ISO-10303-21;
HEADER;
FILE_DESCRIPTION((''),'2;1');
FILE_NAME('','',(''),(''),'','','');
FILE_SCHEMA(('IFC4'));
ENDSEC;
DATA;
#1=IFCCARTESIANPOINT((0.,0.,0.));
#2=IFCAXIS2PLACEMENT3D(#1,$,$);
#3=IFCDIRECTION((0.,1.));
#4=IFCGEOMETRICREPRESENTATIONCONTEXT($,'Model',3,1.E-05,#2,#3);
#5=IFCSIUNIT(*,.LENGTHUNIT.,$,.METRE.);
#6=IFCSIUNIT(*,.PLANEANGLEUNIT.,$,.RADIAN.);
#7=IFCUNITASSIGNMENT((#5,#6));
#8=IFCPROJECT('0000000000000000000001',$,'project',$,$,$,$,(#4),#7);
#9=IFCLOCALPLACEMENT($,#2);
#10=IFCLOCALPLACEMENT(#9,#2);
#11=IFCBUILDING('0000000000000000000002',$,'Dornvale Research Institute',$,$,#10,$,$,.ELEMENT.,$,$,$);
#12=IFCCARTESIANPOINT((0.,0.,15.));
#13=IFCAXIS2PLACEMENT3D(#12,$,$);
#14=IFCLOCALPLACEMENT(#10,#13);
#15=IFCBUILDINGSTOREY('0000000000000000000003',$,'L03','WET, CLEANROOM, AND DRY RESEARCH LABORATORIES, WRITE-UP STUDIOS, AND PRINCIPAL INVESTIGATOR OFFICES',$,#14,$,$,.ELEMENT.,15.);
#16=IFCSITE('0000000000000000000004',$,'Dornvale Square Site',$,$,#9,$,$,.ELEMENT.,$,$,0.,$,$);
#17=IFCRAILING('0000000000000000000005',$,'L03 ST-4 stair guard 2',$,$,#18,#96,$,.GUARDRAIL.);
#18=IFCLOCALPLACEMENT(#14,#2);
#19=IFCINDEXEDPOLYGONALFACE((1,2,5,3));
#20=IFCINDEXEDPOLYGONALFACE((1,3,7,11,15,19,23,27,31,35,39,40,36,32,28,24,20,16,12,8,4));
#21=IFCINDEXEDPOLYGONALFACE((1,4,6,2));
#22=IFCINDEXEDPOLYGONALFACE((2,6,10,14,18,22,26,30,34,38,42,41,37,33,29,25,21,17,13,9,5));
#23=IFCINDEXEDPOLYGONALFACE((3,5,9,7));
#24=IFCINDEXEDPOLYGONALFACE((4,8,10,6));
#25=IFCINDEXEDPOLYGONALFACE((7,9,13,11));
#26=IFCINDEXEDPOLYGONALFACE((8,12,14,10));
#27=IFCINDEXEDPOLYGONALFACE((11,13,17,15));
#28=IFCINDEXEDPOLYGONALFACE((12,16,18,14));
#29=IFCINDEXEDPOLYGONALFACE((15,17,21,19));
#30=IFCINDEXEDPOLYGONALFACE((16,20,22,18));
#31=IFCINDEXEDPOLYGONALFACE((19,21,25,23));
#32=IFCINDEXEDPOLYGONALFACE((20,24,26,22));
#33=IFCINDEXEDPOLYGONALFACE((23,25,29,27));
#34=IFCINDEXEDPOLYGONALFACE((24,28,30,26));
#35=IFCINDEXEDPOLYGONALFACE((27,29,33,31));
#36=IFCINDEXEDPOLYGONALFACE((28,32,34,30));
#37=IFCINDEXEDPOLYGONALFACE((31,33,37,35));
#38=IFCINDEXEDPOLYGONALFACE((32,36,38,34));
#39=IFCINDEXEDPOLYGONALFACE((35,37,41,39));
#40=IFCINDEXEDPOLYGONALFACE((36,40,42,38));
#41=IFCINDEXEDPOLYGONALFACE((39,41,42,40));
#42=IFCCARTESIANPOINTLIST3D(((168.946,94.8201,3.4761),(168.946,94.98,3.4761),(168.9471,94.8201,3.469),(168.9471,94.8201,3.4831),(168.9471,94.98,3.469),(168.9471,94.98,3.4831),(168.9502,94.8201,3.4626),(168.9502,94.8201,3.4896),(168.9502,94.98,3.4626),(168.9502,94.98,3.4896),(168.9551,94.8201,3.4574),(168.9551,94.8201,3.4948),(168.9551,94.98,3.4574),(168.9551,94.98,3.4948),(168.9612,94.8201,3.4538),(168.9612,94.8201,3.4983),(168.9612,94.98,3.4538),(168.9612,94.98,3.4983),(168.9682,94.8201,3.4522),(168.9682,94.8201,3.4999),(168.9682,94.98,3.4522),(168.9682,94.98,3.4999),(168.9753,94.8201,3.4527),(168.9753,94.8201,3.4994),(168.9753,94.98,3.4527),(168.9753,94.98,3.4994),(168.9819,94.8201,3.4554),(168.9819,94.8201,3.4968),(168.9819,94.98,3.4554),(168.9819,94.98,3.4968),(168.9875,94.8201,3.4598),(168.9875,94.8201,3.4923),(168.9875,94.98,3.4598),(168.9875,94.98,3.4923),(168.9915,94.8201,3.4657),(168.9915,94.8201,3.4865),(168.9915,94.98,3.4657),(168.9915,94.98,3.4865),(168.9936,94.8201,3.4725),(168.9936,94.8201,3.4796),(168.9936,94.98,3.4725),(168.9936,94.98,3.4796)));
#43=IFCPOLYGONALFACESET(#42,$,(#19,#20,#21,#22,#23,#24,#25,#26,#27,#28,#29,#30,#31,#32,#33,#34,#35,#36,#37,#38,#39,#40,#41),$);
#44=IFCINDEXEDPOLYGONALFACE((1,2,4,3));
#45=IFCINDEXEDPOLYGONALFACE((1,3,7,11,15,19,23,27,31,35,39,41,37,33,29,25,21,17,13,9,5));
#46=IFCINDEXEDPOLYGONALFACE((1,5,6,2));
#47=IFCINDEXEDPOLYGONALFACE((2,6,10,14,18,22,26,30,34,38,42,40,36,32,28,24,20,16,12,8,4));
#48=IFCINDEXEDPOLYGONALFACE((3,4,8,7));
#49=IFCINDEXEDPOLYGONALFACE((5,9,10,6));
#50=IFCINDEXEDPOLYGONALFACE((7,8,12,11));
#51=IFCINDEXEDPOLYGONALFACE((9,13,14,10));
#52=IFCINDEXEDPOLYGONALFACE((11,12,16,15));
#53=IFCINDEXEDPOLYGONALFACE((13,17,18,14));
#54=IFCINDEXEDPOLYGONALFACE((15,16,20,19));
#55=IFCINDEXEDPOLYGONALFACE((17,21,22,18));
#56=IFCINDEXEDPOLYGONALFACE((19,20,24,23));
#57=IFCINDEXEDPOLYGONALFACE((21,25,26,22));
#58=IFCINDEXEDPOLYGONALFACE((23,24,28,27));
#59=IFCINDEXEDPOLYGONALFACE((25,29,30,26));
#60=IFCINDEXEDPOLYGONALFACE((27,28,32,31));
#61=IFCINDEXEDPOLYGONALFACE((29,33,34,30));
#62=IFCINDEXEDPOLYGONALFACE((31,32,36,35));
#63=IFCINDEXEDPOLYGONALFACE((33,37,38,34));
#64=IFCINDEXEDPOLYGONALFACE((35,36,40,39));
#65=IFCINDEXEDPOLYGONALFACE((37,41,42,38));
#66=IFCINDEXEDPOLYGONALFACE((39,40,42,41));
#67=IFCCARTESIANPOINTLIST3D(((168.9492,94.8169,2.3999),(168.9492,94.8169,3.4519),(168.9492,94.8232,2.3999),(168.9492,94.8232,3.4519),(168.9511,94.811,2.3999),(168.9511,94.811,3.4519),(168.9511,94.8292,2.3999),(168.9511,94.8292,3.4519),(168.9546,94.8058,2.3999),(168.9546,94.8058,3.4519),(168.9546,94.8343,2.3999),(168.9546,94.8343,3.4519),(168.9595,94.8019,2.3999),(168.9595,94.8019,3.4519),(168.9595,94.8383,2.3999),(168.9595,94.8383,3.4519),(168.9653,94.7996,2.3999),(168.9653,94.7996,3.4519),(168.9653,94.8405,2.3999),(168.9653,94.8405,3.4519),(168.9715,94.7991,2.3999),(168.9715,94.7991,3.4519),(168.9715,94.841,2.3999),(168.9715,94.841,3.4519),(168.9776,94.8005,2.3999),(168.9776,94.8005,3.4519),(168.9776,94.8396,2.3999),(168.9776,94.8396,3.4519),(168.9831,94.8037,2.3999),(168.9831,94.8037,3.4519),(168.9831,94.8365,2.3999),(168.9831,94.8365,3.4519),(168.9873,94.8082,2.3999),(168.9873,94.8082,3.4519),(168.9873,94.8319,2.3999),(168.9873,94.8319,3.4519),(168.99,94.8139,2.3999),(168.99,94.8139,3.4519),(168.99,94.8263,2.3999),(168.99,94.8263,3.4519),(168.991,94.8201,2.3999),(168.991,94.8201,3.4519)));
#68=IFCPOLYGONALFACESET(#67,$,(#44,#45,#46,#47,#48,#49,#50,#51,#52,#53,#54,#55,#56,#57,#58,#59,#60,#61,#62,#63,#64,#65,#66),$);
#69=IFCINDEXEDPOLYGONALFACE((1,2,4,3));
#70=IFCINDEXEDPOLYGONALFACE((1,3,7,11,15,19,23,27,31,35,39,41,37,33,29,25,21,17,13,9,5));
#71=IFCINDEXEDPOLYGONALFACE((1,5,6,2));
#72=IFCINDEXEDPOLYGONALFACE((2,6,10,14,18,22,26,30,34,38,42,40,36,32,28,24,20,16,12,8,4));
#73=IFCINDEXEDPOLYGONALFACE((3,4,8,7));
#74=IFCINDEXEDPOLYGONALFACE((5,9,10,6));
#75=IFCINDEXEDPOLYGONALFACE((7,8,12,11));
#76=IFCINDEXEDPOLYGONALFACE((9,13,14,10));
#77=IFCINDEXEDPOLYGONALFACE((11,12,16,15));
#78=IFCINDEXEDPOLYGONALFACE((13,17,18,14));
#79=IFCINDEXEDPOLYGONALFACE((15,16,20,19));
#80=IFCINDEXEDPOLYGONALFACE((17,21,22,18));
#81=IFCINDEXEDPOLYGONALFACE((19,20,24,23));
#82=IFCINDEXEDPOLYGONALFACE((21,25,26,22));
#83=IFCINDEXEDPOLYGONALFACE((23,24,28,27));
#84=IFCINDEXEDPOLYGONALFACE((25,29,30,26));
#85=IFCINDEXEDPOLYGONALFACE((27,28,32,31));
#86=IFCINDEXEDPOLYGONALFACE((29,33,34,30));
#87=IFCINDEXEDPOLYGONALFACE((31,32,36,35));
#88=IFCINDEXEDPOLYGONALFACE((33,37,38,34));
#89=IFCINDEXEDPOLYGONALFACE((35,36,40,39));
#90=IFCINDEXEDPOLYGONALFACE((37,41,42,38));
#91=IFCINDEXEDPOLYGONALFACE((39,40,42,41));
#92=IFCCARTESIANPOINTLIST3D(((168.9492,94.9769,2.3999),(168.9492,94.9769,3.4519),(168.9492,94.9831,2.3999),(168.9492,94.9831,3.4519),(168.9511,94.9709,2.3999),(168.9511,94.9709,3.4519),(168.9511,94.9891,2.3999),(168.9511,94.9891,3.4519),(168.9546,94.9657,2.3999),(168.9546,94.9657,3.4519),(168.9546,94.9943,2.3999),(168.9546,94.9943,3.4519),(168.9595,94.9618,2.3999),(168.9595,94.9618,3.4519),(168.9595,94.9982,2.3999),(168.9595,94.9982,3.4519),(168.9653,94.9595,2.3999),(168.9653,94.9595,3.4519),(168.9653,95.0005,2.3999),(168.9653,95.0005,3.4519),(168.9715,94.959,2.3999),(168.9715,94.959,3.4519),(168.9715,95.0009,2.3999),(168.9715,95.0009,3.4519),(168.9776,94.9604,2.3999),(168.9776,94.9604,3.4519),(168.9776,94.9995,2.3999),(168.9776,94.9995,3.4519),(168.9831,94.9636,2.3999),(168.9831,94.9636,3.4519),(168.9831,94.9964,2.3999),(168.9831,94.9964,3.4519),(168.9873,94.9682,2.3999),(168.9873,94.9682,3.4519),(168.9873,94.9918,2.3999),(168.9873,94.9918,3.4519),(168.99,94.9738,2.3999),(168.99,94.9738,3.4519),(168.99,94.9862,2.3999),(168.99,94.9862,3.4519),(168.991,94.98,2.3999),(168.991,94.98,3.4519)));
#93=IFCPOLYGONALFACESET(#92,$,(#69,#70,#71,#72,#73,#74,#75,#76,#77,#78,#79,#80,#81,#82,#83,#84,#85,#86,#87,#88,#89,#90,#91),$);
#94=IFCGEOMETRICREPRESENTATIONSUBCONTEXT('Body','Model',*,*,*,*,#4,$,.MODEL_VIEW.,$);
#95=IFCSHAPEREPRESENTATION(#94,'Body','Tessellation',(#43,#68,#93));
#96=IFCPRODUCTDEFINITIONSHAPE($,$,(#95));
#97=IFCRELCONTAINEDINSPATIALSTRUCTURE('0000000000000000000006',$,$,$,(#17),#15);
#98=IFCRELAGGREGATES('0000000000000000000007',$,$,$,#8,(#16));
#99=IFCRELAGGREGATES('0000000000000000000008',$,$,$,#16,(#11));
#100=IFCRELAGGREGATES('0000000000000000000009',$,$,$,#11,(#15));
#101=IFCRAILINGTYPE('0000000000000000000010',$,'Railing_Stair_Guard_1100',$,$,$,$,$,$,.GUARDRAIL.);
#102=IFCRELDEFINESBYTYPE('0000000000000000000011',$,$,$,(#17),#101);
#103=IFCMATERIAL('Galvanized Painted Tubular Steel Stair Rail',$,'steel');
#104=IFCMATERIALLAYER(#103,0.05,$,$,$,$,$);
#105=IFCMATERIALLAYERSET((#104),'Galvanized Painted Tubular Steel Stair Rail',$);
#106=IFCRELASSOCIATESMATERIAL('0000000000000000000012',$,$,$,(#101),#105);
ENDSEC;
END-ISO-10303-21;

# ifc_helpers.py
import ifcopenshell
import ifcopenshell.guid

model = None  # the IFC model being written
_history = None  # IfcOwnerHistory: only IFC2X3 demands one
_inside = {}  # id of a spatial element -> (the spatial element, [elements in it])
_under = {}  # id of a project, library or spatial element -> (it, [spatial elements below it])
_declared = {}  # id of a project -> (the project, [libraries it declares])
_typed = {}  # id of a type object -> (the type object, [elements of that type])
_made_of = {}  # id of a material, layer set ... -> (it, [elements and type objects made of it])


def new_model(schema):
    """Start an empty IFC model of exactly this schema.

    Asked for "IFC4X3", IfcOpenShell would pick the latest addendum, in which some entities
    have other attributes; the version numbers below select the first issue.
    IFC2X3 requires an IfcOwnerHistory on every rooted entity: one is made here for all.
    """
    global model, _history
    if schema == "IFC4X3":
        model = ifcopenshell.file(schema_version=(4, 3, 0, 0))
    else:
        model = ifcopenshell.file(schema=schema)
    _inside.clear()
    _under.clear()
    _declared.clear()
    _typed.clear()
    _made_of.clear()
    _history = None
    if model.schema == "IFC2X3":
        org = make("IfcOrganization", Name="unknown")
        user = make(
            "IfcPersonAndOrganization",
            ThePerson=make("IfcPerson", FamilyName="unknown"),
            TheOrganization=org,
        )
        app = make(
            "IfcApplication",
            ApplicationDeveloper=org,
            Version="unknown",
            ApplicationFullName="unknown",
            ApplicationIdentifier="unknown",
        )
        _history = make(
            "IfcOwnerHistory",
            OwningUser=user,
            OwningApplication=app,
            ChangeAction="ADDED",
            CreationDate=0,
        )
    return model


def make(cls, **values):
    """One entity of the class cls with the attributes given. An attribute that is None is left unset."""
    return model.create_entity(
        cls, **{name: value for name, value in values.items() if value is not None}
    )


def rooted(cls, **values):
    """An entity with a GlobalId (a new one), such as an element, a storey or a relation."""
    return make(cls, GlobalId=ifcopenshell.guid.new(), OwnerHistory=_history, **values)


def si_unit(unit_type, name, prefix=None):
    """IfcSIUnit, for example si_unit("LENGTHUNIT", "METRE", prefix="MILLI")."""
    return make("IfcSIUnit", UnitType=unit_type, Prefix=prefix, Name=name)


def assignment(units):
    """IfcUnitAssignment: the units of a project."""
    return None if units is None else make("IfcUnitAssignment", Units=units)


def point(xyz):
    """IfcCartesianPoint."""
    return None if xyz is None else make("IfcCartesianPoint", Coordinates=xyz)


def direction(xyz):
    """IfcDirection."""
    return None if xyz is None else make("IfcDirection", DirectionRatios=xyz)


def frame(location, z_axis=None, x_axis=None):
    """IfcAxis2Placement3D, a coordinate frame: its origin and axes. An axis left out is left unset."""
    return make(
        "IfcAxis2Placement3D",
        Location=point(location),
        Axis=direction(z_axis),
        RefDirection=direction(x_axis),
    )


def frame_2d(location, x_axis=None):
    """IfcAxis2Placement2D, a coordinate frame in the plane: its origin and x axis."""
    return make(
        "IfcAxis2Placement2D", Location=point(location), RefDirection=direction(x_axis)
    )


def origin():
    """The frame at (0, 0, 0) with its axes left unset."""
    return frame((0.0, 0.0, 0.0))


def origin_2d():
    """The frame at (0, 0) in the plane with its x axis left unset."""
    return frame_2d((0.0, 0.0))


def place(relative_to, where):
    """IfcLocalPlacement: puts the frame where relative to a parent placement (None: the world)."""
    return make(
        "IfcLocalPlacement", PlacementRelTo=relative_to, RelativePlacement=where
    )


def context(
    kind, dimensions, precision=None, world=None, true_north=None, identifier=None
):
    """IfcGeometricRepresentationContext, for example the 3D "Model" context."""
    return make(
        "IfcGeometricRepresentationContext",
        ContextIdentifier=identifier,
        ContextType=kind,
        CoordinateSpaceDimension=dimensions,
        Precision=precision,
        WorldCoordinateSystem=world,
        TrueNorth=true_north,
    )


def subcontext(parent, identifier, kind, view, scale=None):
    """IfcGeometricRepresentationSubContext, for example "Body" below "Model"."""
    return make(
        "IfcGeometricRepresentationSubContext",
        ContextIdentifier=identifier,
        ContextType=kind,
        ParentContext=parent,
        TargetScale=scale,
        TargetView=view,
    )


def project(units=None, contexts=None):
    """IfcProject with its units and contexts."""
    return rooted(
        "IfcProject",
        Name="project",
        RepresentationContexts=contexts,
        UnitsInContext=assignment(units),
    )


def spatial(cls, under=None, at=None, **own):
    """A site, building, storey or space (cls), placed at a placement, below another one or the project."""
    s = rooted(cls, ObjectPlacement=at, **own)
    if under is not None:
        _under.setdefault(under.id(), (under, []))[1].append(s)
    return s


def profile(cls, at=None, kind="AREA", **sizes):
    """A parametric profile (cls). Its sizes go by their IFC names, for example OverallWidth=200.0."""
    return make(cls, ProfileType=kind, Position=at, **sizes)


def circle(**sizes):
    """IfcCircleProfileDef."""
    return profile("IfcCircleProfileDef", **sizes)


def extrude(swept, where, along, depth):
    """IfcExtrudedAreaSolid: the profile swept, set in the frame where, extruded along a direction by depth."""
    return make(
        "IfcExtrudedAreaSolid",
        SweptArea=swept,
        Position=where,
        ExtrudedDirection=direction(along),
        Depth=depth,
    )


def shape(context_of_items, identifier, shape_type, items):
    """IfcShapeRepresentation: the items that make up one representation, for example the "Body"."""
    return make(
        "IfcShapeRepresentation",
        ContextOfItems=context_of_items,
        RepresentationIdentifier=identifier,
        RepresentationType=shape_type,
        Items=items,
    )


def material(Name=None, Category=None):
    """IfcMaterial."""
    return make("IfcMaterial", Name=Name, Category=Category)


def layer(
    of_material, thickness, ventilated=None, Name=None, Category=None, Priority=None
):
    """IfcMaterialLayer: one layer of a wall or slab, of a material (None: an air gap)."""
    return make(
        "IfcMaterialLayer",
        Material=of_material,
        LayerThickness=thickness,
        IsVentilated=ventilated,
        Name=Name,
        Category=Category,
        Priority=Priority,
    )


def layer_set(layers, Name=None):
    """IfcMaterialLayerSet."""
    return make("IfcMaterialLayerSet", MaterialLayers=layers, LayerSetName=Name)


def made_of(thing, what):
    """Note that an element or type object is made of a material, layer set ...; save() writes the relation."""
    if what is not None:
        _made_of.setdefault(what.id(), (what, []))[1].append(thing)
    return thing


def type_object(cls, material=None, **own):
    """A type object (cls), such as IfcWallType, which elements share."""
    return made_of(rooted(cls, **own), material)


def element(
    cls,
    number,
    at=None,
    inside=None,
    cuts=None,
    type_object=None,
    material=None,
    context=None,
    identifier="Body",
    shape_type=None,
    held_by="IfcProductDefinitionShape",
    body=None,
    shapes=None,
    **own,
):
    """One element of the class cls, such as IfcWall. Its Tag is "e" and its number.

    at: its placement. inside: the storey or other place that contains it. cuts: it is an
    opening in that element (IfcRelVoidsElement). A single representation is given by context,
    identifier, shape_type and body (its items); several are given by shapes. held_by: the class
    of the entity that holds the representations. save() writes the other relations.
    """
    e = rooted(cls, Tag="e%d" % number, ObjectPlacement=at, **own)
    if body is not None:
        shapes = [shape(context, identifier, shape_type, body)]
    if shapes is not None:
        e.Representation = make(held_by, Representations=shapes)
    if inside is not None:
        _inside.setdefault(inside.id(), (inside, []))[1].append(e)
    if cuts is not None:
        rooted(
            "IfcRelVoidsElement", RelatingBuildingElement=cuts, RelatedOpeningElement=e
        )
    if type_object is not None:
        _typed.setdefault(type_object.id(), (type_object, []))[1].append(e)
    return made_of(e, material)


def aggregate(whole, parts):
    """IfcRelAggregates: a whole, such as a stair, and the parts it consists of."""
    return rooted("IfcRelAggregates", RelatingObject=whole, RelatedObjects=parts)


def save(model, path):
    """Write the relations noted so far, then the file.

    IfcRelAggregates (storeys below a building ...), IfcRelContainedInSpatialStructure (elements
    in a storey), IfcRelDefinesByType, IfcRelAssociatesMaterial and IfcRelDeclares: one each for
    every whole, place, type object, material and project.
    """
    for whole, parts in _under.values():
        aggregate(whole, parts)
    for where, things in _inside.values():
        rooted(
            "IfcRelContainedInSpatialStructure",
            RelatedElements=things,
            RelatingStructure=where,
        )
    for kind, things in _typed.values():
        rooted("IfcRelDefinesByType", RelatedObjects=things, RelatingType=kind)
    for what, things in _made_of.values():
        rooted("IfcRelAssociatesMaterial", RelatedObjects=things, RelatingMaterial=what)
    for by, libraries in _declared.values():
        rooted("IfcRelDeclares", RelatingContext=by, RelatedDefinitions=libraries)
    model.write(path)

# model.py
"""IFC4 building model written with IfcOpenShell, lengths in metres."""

from ifc_helpers import new_model, si_unit, direction, frame, origin, origin_2d, place, context, subcontext, project, spatial, circle, extrude, material, layer, layer_set, type_object, element, save


model = new_model("IFC4")

# Units and contexts
model_context = context("Model", 3, precision=1e-05, world=origin(), true_north=direction((0.0, 1.0)))
body_context = subcontext(model_context, "Body", "Model", "MODEL_VIEW")
ifc_project = project(units=[si_unit("LENGTHUNIT", "METRE"), si_unit("PLANEANGLEUNIT", "RADIAN")], contexts=[model_context])

# Site, building, storey
site_placement = place(None, origin())
site = spatial("IfcSite", under=ifc_project, at=site_placement, Name="Dornvale Square Site", CompositionType="ELEMENT", RefElevation=0.0)
building_placement = place(site_placement, origin())
building = spatial("IfcBuilding", under=site, at=building_placement, Name="Dornvale Research Institute", CompositionType="ELEMENT")
storey_placement = place(building_placement, frame((0.0, 0.0, 15.0)))
storey = spatial("IfcBuildingStorey", under=building, at=storey_placement, Name="L03", Description="WET, CLEANROOM, AND DRY RESEARCH LABORATORIES, WRITE-UP STUDIOS, AND PRINCIPAL INVESTIGATOR OFFICES", CompositionType="ELEMENT", Elevation=15.0)

# Railing
ifc_material_1 = material(Name="Galvanized Painted Tubular Steel Stair Rail", Category="steel")
ifc_layer_1 = layer(ifc_material_1, 0.05)
ifc_layer_set_1 = layer_set([ifc_layer_1], Name="Galvanized Painted Tubular Steel Stair Rail")
railing_type_1 = type_object("IfcRailingType", Name="Railing_Stair_Guard_1100", PredefinedType="GUARDRAIL", material=ifc_layer_set_1)
railing_1_placement = place(storey_placement, frame((168.97, 94.8201, 2.3999)))
element("IfcRailing", 1, at=railing_1_placement, inside=storey, type_object=railing_type_1, Name="L03 ST-4 stair guard 2", PredefinedType="GUARDRAIL", context=body_context, shape_type="SweptSolid", body=[
    extrude(circle(Radius=0.0239, at=origin_2d()), frame((0.0, 0.0, 1.0762), z_axis=(0.0, 1.0, 0.0), x_axis=(-1.0, 0.0, 0.0)), (0.0, 0.0, 1.0), 0.1599),
    extrude(circle(Radius=0.021, at=origin_2d()), origin(), (0.0, 0.0, 1.0), 1.052),
    extrude(circle(Radius=0.021, at=origin_2d()), frame((0.0, 0.1599, 0.0)), (0.0, 0.0, 1.0), 1.052),
])

save(model, "model.ifc")
